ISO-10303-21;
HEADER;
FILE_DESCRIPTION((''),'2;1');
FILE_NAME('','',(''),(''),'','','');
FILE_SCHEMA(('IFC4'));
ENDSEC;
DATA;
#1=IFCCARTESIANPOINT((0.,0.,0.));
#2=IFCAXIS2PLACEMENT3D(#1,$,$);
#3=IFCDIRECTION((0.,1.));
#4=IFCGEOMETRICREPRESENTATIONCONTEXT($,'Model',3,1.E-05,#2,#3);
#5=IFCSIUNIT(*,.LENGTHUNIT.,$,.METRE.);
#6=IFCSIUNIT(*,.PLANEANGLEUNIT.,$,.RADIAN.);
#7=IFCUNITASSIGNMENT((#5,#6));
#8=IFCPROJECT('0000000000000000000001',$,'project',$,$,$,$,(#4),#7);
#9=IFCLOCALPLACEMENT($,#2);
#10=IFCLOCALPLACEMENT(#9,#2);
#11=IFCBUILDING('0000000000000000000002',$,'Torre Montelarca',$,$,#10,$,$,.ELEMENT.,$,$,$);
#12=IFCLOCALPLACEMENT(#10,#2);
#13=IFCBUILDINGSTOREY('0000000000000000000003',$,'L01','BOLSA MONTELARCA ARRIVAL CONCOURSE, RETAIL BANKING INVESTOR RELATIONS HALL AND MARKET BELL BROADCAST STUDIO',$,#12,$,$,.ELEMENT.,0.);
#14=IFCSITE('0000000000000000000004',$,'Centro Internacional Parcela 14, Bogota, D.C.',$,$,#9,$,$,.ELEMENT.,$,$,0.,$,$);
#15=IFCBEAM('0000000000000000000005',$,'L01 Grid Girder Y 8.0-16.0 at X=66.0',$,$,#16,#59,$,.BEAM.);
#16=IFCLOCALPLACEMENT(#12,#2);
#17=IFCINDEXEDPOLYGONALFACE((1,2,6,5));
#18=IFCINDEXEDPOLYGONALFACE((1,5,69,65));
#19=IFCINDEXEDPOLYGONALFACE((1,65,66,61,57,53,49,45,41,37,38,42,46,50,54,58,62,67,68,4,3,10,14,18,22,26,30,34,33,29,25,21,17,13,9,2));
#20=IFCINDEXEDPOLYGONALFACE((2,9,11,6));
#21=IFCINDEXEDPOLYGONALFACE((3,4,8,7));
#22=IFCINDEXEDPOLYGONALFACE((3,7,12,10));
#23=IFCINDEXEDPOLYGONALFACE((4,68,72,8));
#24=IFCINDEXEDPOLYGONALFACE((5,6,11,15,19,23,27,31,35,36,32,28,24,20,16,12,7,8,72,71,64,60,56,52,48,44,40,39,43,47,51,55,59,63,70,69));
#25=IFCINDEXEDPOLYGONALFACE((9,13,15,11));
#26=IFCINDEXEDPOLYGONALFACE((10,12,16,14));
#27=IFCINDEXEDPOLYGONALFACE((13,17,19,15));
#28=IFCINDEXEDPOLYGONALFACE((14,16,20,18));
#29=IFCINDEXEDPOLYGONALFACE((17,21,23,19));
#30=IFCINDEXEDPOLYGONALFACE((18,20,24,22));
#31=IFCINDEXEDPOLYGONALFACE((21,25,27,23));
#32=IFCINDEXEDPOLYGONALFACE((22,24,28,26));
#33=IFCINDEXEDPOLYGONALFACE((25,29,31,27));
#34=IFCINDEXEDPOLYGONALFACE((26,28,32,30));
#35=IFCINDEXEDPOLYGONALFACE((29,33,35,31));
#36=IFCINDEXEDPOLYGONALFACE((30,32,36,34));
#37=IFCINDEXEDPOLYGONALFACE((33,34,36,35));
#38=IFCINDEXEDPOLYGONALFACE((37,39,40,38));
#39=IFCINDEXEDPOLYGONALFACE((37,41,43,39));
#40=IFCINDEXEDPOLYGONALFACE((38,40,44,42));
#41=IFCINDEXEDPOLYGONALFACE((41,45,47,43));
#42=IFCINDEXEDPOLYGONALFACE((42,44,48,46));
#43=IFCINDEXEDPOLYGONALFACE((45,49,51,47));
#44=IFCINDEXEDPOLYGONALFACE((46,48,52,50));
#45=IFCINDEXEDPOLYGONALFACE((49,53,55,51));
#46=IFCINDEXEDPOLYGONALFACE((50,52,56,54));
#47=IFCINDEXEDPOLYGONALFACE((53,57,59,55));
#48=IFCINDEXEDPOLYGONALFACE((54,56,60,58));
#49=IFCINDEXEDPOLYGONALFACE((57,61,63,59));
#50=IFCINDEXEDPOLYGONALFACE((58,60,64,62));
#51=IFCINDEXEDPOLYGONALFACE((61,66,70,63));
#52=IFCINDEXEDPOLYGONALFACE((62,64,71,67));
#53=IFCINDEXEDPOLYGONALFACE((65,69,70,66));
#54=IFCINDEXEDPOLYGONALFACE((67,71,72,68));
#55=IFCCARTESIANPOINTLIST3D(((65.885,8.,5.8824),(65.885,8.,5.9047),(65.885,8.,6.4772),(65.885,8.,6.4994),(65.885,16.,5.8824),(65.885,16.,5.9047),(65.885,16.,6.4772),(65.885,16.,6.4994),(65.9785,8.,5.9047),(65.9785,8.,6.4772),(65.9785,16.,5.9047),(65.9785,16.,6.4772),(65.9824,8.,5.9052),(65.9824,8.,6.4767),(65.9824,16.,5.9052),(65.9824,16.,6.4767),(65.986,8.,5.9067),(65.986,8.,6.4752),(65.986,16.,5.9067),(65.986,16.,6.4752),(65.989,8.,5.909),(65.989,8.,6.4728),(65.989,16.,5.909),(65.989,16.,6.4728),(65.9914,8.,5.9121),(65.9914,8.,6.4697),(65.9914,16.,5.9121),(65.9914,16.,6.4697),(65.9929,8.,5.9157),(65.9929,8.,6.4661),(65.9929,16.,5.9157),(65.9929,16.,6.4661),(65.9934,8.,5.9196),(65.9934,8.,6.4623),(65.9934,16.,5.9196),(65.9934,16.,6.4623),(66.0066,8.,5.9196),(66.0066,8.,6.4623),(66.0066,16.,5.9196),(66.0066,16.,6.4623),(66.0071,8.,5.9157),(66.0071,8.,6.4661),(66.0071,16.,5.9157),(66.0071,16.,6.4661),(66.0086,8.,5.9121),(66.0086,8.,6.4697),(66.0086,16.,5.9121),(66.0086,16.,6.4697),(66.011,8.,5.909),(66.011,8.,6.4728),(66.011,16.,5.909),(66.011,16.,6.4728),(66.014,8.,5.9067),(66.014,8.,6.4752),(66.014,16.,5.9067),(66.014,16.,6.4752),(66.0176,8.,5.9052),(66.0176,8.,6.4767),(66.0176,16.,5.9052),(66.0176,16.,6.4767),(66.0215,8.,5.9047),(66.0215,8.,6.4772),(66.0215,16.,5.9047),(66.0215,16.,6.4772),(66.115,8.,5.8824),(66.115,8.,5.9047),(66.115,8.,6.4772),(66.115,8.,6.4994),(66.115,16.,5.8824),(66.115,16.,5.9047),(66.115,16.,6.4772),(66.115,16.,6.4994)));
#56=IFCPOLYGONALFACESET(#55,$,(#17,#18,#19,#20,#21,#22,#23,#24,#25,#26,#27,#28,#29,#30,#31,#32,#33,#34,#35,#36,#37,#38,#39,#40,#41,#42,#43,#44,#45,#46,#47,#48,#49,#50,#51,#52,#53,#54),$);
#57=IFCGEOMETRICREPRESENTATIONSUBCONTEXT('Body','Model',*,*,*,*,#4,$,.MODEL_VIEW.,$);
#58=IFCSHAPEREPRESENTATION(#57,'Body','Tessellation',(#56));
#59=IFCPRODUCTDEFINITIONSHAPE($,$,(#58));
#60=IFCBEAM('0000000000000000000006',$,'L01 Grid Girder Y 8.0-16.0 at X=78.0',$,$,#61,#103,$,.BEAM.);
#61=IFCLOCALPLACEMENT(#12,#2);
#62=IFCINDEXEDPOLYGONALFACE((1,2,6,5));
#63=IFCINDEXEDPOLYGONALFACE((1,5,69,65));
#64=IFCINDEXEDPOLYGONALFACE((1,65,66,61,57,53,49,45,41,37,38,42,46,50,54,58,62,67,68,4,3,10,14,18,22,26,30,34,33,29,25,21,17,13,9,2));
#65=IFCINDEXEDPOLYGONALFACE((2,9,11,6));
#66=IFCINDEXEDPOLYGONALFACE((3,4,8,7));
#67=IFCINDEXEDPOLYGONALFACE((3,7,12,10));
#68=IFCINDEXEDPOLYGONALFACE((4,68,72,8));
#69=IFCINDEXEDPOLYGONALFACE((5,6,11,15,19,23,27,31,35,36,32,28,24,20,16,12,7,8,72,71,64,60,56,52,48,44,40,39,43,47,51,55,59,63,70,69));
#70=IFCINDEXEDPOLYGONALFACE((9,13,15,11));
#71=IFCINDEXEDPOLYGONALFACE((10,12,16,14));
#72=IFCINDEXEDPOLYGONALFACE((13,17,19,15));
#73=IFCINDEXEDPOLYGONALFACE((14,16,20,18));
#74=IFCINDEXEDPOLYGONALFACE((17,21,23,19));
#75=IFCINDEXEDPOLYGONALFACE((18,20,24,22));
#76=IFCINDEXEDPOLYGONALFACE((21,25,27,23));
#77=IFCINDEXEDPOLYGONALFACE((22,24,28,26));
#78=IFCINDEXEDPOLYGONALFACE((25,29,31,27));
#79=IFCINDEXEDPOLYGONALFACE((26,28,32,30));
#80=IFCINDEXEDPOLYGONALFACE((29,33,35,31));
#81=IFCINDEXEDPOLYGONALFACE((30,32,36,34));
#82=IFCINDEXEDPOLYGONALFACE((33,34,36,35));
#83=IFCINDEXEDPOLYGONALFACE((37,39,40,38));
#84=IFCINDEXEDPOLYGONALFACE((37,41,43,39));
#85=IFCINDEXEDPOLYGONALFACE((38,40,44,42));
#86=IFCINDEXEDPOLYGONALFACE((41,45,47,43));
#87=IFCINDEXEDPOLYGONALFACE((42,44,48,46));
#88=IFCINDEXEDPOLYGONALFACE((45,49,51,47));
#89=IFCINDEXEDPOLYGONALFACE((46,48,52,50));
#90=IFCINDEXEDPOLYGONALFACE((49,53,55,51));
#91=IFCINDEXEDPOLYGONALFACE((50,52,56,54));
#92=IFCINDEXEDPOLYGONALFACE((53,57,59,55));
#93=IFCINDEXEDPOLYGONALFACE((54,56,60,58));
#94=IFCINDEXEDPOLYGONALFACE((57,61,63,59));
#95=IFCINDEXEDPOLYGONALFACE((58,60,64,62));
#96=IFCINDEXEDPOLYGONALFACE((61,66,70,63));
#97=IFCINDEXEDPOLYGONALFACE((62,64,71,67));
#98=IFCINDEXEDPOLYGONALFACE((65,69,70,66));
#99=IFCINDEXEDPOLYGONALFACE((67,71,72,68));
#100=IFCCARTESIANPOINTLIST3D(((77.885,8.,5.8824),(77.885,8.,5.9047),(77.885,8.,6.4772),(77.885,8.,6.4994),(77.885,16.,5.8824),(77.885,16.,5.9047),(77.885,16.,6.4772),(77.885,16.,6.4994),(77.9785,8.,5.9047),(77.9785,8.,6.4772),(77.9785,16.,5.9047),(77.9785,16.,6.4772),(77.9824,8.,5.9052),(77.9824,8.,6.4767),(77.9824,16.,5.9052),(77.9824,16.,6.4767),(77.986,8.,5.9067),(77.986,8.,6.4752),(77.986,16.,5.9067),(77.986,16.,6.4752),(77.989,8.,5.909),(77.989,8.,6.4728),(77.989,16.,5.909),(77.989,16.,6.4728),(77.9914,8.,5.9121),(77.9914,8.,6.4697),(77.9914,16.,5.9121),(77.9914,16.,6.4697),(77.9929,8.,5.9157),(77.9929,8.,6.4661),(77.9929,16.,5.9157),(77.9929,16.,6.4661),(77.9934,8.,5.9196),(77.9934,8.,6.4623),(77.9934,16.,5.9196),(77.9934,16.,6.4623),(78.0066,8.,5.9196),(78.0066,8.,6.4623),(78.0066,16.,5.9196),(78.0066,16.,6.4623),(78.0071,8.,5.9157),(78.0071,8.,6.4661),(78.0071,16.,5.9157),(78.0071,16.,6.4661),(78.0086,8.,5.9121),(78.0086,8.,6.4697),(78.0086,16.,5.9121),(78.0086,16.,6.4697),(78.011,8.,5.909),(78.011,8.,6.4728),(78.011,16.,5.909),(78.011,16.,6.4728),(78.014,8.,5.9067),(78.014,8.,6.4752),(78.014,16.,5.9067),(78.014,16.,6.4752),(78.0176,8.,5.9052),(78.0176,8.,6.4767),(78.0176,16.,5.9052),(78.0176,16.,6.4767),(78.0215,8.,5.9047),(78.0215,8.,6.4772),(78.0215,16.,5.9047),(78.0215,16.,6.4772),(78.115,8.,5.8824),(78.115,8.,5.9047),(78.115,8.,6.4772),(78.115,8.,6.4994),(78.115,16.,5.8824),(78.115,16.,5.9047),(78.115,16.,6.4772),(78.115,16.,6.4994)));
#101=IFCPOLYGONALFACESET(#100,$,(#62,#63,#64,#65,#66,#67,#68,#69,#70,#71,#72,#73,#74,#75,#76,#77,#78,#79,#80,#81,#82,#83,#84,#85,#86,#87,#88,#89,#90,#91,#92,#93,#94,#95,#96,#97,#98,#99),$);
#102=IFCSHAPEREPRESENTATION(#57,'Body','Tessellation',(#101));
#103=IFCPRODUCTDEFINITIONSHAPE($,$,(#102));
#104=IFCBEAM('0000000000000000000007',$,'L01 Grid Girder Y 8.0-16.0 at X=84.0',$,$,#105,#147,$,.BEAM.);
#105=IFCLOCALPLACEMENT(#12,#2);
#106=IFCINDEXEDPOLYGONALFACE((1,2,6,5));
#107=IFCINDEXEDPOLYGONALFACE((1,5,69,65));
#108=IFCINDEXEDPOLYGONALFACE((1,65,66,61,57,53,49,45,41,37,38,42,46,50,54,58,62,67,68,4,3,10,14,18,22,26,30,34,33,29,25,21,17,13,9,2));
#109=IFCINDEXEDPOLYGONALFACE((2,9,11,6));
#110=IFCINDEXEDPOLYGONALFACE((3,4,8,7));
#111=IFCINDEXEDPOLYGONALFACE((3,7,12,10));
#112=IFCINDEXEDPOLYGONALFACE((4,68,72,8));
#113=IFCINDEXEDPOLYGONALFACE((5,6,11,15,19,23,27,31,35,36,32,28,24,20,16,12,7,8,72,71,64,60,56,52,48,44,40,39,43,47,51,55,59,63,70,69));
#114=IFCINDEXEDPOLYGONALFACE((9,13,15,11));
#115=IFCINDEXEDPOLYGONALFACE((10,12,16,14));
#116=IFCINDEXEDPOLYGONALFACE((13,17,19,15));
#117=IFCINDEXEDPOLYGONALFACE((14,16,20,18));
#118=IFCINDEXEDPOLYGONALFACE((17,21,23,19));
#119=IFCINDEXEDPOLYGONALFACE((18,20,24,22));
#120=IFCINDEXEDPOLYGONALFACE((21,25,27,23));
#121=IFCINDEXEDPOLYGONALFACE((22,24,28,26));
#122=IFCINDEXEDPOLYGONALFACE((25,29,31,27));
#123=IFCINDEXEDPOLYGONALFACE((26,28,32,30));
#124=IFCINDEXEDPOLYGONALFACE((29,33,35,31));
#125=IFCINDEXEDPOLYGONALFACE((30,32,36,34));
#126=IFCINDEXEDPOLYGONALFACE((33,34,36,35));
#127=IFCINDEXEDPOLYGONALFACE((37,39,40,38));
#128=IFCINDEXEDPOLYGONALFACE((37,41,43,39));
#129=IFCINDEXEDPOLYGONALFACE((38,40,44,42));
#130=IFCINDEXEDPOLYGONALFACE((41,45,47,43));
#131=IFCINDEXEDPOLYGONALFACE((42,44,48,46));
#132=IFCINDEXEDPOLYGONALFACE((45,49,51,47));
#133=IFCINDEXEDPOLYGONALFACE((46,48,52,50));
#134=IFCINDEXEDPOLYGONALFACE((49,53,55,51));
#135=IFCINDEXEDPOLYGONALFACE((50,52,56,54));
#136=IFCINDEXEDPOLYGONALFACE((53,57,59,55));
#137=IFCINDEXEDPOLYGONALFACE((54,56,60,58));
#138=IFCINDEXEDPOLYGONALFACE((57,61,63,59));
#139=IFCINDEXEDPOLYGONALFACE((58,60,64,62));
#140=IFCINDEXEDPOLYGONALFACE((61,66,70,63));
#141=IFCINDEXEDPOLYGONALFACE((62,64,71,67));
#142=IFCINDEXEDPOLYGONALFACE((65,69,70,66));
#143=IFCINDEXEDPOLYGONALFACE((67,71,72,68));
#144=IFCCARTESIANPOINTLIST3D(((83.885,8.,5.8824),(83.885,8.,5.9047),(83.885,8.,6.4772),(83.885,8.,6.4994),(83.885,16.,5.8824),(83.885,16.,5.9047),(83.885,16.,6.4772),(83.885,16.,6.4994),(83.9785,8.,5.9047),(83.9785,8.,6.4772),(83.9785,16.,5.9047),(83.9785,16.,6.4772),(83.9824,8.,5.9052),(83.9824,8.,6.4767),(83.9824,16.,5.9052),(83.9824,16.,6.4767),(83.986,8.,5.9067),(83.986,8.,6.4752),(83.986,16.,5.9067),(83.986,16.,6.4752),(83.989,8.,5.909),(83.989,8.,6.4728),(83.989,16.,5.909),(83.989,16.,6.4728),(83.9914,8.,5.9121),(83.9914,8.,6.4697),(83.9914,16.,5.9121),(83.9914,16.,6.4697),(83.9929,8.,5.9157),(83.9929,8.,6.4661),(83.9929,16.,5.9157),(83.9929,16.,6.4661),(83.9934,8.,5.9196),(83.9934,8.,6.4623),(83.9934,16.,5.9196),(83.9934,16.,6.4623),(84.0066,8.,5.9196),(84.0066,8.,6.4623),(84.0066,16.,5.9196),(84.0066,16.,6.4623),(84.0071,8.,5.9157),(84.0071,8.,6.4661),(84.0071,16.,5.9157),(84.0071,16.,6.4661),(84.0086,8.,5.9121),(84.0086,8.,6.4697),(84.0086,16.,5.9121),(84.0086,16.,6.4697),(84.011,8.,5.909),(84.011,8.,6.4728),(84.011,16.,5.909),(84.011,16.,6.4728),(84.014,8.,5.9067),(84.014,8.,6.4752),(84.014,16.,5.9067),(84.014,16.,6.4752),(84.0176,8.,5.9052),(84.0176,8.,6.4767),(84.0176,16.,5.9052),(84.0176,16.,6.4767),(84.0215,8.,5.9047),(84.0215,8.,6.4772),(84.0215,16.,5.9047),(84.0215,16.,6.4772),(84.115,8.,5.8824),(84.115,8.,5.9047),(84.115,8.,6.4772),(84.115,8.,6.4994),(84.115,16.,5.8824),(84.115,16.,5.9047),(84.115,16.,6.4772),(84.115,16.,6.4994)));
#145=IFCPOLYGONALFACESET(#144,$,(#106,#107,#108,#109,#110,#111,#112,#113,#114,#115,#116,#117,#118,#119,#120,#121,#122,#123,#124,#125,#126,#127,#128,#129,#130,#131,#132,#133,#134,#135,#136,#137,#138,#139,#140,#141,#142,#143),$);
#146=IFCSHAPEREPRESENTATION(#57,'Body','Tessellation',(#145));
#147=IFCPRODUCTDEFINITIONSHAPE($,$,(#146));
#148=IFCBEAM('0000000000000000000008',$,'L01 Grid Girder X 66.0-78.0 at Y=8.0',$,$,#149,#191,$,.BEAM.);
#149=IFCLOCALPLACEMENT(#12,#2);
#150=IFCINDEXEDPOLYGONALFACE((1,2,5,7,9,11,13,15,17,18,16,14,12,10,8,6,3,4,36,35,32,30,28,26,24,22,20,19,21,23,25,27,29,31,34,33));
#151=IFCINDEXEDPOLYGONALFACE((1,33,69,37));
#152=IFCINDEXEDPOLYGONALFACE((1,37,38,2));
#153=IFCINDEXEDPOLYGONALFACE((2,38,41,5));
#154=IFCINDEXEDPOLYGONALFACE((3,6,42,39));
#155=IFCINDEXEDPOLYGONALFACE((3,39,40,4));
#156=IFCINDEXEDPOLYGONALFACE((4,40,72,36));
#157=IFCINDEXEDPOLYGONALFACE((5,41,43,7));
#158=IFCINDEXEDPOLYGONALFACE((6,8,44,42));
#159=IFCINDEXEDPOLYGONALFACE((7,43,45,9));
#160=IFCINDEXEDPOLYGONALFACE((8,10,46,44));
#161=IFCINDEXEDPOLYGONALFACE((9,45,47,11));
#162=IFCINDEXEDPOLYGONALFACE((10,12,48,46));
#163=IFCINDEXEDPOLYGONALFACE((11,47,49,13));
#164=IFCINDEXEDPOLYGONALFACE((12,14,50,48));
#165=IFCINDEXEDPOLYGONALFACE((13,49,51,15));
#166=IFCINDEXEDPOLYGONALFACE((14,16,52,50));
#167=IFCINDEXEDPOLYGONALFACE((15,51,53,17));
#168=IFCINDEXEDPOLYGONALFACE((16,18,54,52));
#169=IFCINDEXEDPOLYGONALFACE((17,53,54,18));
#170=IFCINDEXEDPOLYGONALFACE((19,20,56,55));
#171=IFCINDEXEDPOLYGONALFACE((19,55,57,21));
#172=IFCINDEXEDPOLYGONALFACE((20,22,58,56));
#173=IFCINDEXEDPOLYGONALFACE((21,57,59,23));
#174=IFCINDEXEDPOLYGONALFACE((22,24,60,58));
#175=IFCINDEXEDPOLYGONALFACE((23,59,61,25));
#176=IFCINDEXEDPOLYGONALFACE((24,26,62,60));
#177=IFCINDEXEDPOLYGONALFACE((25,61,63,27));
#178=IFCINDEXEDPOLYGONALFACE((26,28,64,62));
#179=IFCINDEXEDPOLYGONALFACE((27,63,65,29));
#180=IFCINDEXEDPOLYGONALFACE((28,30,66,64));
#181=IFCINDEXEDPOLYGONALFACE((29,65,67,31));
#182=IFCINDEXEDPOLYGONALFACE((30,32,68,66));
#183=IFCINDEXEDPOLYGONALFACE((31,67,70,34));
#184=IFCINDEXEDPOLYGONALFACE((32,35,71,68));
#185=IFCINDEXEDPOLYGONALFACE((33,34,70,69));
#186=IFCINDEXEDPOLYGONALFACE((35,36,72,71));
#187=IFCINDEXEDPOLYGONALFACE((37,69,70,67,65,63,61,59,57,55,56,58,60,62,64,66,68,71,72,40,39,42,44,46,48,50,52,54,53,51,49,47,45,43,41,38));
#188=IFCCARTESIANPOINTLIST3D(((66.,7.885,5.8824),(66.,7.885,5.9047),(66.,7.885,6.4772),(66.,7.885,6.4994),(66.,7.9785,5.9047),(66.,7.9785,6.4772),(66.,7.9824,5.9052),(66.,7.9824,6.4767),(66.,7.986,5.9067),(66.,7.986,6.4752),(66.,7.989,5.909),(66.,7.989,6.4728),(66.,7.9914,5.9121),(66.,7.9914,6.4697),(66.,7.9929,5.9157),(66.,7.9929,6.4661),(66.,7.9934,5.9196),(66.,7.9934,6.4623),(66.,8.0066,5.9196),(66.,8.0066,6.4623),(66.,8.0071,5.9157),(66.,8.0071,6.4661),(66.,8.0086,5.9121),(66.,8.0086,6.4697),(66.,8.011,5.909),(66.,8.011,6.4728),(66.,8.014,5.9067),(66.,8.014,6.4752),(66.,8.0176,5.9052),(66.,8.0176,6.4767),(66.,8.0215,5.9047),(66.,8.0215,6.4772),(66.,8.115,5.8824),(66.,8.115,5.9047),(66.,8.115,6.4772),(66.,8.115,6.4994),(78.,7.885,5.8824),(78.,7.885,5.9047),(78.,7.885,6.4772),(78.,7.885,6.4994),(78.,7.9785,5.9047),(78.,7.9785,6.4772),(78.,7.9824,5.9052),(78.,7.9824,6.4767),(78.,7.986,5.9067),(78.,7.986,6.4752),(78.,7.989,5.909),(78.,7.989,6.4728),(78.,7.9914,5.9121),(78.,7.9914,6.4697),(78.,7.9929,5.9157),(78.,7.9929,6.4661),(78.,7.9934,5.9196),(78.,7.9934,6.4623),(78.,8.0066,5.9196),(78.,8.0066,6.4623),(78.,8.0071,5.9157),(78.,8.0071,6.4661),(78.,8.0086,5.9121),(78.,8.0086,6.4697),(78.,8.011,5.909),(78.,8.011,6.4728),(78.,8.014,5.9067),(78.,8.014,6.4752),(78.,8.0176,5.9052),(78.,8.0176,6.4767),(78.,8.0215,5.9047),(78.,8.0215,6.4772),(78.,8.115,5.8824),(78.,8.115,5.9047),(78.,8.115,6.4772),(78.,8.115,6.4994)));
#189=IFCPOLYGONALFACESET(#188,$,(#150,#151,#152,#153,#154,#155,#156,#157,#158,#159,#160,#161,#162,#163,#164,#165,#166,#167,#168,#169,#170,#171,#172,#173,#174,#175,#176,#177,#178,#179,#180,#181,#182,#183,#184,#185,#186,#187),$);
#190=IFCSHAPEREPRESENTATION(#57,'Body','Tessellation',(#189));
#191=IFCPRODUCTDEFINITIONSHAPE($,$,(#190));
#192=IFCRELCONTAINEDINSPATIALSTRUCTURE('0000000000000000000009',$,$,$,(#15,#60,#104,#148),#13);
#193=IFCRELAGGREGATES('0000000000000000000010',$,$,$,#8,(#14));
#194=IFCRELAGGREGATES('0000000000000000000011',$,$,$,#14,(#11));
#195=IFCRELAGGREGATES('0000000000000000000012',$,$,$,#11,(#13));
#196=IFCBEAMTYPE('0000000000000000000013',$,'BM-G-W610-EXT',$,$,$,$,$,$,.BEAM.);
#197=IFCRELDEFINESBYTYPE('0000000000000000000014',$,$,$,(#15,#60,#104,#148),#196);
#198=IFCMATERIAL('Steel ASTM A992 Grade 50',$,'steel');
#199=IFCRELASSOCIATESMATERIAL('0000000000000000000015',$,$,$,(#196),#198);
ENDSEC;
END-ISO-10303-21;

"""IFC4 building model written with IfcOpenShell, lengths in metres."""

from ifc_helpers import new_model, si_unit, direction, frame, origin, origin_2d, place, context, subcontext, project, spatial, i_section, extrude, source, transform, mapped, material, material_profile, profile_set, type_object, element, save


model = new_model("IFC4")

# Units and contexts
model_context = context("Model", 3, precision=1e-05, world=origin(), true_north=direction((0.0, 1.0)))
body_context = subcontext(model_context, "Body", "Model", "MODEL_VIEW")
ifc_project = project(units=[si_unit("LENGTHUNIT", "METRE"), si_unit("PLANEANGLEUNIT", "RADIAN")], contexts=[model_context])

# Site, building, storey
site_placement = place(None, origin())
site = spatial("IfcSite", under=ifc_project, at=site_placement, Name="Centro Internacional Parcela 14, Bogota, D.C.", CompositionType="ELEMENT", RefElevation=0.0)
building_placement = place(site_placement, origin())
building = spatial("IfcBuilding", under=site, at=building_placement, Name="Torre Montelarca", CompositionType="ELEMENT")
storey_placement = place(building_placement, origin())
storey = spatial("IfcBuildingStorey", under=building, at=storey_placement, Name="L01", Description="BOLSA MONTELARCA ARRIVAL CONCOURSE, RETAIL BANKING INVESTOR RELATIONS HALL AND MARKET BELL BROADCAST STUDIO", CompositionType="ELEMENT", Elevation=0.0)

# Beams
ifc_material_1 = material(Name="Steel ASTM A992 Grade 50", Category="steel")
ifc_material_profile_1 = material_profile(ifc_material_1, i_section(OverallWidth=0.23, OverallDepth=0.6169, WebThickness=0.0132, FlangeThickness=0.0222, FilletRadius=0.0149, at=origin_2d()), Name="W610X140", Category="steel")
ifc_profile_set_1 = profile_set([ifc_material_profile_1], Name="Steel ASTM A992 Grade 50")
beam_type = type_object("IfcBeamType", Name="BM-G-W610-EXT", PredefinedType="BEAM", material=ifc_profile_set_1)
shared_shape_1 = source(origin(), body_context, "Body", "SweptSolid", [
    extrude(i_section(OverallWidth=0.23, OverallDepth=0.6169, WebThickness=0.0132, FlangeThickness=0.0222, FilletRadius=0.0149, at=origin_2d()), origin(), (0.0, 0.0, 1.0), 8.0),
])
for number, where, z_axis, x_axis, name in (
    (1, (66.0, 8.0, 6.1909), (0.0, 1.0, 0.0), (-1.0, 0.0, 0.0), "L01 Grid Girder Y 8.0-16.0 at X=66.0"),
    (2, (78.0, 8.0, 6.1909), (0.0, 1.0, 0.0), (-1.0, 0.0, 0.0), "L01 Grid Girder Y 8.0-16.0 at X=78.0"),
    (3, (84.0, 8.0, 6.1909), (0.0, 1.0, 0.0), (-1.0, 0.0, 0.0), "L01 Grid Girder Y 8.0-16.0 at X=84.0"),
):
    element("IfcBeam", number, at=place(storey_placement, frame(where, z_axis=z_axis, x_axis=x_axis)), inside=storey, type_object=beam_type, Name=name, PredefinedType="BEAM", context=body_context, shape_type="MappedRepresentation", body=[
        mapped(shared_shape_1, transform((0.0, 0.0, 0.0), scale=1.0)),
    ])
shared_shape_2 = source(origin(), body_context, "Body", "SweptSolid", [
    extrude(i_section(OverallWidth=0.23, OverallDepth=0.6169, WebThickness=0.0132, FlangeThickness=0.0222, FilletRadius=0.0149, at=origin_2d()), origin(), (0.0, 0.0, 1.0), 12.0),
])
beam_1_placement = place(storey_placement, frame((66.0, 8.0, 6.1909), z_axis=(1.0, 0.0, 0.0), x_axis=(0.0, 1.0, 0.0)))
element("IfcBeam", 4, at=beam_1_placement, inside=storey, type_object=beam_type, Name="L01 Grid Girder X 66.0-78.0 at Y=8.0", PredefinedType="BEAM", context=body_context, shape_type="MappedRepresentation", body=[
    mapped(shared_shape_2, transform((0.0, 0.0, 0.0), scale=1.0)),
])

save(model, "model.ifc")
